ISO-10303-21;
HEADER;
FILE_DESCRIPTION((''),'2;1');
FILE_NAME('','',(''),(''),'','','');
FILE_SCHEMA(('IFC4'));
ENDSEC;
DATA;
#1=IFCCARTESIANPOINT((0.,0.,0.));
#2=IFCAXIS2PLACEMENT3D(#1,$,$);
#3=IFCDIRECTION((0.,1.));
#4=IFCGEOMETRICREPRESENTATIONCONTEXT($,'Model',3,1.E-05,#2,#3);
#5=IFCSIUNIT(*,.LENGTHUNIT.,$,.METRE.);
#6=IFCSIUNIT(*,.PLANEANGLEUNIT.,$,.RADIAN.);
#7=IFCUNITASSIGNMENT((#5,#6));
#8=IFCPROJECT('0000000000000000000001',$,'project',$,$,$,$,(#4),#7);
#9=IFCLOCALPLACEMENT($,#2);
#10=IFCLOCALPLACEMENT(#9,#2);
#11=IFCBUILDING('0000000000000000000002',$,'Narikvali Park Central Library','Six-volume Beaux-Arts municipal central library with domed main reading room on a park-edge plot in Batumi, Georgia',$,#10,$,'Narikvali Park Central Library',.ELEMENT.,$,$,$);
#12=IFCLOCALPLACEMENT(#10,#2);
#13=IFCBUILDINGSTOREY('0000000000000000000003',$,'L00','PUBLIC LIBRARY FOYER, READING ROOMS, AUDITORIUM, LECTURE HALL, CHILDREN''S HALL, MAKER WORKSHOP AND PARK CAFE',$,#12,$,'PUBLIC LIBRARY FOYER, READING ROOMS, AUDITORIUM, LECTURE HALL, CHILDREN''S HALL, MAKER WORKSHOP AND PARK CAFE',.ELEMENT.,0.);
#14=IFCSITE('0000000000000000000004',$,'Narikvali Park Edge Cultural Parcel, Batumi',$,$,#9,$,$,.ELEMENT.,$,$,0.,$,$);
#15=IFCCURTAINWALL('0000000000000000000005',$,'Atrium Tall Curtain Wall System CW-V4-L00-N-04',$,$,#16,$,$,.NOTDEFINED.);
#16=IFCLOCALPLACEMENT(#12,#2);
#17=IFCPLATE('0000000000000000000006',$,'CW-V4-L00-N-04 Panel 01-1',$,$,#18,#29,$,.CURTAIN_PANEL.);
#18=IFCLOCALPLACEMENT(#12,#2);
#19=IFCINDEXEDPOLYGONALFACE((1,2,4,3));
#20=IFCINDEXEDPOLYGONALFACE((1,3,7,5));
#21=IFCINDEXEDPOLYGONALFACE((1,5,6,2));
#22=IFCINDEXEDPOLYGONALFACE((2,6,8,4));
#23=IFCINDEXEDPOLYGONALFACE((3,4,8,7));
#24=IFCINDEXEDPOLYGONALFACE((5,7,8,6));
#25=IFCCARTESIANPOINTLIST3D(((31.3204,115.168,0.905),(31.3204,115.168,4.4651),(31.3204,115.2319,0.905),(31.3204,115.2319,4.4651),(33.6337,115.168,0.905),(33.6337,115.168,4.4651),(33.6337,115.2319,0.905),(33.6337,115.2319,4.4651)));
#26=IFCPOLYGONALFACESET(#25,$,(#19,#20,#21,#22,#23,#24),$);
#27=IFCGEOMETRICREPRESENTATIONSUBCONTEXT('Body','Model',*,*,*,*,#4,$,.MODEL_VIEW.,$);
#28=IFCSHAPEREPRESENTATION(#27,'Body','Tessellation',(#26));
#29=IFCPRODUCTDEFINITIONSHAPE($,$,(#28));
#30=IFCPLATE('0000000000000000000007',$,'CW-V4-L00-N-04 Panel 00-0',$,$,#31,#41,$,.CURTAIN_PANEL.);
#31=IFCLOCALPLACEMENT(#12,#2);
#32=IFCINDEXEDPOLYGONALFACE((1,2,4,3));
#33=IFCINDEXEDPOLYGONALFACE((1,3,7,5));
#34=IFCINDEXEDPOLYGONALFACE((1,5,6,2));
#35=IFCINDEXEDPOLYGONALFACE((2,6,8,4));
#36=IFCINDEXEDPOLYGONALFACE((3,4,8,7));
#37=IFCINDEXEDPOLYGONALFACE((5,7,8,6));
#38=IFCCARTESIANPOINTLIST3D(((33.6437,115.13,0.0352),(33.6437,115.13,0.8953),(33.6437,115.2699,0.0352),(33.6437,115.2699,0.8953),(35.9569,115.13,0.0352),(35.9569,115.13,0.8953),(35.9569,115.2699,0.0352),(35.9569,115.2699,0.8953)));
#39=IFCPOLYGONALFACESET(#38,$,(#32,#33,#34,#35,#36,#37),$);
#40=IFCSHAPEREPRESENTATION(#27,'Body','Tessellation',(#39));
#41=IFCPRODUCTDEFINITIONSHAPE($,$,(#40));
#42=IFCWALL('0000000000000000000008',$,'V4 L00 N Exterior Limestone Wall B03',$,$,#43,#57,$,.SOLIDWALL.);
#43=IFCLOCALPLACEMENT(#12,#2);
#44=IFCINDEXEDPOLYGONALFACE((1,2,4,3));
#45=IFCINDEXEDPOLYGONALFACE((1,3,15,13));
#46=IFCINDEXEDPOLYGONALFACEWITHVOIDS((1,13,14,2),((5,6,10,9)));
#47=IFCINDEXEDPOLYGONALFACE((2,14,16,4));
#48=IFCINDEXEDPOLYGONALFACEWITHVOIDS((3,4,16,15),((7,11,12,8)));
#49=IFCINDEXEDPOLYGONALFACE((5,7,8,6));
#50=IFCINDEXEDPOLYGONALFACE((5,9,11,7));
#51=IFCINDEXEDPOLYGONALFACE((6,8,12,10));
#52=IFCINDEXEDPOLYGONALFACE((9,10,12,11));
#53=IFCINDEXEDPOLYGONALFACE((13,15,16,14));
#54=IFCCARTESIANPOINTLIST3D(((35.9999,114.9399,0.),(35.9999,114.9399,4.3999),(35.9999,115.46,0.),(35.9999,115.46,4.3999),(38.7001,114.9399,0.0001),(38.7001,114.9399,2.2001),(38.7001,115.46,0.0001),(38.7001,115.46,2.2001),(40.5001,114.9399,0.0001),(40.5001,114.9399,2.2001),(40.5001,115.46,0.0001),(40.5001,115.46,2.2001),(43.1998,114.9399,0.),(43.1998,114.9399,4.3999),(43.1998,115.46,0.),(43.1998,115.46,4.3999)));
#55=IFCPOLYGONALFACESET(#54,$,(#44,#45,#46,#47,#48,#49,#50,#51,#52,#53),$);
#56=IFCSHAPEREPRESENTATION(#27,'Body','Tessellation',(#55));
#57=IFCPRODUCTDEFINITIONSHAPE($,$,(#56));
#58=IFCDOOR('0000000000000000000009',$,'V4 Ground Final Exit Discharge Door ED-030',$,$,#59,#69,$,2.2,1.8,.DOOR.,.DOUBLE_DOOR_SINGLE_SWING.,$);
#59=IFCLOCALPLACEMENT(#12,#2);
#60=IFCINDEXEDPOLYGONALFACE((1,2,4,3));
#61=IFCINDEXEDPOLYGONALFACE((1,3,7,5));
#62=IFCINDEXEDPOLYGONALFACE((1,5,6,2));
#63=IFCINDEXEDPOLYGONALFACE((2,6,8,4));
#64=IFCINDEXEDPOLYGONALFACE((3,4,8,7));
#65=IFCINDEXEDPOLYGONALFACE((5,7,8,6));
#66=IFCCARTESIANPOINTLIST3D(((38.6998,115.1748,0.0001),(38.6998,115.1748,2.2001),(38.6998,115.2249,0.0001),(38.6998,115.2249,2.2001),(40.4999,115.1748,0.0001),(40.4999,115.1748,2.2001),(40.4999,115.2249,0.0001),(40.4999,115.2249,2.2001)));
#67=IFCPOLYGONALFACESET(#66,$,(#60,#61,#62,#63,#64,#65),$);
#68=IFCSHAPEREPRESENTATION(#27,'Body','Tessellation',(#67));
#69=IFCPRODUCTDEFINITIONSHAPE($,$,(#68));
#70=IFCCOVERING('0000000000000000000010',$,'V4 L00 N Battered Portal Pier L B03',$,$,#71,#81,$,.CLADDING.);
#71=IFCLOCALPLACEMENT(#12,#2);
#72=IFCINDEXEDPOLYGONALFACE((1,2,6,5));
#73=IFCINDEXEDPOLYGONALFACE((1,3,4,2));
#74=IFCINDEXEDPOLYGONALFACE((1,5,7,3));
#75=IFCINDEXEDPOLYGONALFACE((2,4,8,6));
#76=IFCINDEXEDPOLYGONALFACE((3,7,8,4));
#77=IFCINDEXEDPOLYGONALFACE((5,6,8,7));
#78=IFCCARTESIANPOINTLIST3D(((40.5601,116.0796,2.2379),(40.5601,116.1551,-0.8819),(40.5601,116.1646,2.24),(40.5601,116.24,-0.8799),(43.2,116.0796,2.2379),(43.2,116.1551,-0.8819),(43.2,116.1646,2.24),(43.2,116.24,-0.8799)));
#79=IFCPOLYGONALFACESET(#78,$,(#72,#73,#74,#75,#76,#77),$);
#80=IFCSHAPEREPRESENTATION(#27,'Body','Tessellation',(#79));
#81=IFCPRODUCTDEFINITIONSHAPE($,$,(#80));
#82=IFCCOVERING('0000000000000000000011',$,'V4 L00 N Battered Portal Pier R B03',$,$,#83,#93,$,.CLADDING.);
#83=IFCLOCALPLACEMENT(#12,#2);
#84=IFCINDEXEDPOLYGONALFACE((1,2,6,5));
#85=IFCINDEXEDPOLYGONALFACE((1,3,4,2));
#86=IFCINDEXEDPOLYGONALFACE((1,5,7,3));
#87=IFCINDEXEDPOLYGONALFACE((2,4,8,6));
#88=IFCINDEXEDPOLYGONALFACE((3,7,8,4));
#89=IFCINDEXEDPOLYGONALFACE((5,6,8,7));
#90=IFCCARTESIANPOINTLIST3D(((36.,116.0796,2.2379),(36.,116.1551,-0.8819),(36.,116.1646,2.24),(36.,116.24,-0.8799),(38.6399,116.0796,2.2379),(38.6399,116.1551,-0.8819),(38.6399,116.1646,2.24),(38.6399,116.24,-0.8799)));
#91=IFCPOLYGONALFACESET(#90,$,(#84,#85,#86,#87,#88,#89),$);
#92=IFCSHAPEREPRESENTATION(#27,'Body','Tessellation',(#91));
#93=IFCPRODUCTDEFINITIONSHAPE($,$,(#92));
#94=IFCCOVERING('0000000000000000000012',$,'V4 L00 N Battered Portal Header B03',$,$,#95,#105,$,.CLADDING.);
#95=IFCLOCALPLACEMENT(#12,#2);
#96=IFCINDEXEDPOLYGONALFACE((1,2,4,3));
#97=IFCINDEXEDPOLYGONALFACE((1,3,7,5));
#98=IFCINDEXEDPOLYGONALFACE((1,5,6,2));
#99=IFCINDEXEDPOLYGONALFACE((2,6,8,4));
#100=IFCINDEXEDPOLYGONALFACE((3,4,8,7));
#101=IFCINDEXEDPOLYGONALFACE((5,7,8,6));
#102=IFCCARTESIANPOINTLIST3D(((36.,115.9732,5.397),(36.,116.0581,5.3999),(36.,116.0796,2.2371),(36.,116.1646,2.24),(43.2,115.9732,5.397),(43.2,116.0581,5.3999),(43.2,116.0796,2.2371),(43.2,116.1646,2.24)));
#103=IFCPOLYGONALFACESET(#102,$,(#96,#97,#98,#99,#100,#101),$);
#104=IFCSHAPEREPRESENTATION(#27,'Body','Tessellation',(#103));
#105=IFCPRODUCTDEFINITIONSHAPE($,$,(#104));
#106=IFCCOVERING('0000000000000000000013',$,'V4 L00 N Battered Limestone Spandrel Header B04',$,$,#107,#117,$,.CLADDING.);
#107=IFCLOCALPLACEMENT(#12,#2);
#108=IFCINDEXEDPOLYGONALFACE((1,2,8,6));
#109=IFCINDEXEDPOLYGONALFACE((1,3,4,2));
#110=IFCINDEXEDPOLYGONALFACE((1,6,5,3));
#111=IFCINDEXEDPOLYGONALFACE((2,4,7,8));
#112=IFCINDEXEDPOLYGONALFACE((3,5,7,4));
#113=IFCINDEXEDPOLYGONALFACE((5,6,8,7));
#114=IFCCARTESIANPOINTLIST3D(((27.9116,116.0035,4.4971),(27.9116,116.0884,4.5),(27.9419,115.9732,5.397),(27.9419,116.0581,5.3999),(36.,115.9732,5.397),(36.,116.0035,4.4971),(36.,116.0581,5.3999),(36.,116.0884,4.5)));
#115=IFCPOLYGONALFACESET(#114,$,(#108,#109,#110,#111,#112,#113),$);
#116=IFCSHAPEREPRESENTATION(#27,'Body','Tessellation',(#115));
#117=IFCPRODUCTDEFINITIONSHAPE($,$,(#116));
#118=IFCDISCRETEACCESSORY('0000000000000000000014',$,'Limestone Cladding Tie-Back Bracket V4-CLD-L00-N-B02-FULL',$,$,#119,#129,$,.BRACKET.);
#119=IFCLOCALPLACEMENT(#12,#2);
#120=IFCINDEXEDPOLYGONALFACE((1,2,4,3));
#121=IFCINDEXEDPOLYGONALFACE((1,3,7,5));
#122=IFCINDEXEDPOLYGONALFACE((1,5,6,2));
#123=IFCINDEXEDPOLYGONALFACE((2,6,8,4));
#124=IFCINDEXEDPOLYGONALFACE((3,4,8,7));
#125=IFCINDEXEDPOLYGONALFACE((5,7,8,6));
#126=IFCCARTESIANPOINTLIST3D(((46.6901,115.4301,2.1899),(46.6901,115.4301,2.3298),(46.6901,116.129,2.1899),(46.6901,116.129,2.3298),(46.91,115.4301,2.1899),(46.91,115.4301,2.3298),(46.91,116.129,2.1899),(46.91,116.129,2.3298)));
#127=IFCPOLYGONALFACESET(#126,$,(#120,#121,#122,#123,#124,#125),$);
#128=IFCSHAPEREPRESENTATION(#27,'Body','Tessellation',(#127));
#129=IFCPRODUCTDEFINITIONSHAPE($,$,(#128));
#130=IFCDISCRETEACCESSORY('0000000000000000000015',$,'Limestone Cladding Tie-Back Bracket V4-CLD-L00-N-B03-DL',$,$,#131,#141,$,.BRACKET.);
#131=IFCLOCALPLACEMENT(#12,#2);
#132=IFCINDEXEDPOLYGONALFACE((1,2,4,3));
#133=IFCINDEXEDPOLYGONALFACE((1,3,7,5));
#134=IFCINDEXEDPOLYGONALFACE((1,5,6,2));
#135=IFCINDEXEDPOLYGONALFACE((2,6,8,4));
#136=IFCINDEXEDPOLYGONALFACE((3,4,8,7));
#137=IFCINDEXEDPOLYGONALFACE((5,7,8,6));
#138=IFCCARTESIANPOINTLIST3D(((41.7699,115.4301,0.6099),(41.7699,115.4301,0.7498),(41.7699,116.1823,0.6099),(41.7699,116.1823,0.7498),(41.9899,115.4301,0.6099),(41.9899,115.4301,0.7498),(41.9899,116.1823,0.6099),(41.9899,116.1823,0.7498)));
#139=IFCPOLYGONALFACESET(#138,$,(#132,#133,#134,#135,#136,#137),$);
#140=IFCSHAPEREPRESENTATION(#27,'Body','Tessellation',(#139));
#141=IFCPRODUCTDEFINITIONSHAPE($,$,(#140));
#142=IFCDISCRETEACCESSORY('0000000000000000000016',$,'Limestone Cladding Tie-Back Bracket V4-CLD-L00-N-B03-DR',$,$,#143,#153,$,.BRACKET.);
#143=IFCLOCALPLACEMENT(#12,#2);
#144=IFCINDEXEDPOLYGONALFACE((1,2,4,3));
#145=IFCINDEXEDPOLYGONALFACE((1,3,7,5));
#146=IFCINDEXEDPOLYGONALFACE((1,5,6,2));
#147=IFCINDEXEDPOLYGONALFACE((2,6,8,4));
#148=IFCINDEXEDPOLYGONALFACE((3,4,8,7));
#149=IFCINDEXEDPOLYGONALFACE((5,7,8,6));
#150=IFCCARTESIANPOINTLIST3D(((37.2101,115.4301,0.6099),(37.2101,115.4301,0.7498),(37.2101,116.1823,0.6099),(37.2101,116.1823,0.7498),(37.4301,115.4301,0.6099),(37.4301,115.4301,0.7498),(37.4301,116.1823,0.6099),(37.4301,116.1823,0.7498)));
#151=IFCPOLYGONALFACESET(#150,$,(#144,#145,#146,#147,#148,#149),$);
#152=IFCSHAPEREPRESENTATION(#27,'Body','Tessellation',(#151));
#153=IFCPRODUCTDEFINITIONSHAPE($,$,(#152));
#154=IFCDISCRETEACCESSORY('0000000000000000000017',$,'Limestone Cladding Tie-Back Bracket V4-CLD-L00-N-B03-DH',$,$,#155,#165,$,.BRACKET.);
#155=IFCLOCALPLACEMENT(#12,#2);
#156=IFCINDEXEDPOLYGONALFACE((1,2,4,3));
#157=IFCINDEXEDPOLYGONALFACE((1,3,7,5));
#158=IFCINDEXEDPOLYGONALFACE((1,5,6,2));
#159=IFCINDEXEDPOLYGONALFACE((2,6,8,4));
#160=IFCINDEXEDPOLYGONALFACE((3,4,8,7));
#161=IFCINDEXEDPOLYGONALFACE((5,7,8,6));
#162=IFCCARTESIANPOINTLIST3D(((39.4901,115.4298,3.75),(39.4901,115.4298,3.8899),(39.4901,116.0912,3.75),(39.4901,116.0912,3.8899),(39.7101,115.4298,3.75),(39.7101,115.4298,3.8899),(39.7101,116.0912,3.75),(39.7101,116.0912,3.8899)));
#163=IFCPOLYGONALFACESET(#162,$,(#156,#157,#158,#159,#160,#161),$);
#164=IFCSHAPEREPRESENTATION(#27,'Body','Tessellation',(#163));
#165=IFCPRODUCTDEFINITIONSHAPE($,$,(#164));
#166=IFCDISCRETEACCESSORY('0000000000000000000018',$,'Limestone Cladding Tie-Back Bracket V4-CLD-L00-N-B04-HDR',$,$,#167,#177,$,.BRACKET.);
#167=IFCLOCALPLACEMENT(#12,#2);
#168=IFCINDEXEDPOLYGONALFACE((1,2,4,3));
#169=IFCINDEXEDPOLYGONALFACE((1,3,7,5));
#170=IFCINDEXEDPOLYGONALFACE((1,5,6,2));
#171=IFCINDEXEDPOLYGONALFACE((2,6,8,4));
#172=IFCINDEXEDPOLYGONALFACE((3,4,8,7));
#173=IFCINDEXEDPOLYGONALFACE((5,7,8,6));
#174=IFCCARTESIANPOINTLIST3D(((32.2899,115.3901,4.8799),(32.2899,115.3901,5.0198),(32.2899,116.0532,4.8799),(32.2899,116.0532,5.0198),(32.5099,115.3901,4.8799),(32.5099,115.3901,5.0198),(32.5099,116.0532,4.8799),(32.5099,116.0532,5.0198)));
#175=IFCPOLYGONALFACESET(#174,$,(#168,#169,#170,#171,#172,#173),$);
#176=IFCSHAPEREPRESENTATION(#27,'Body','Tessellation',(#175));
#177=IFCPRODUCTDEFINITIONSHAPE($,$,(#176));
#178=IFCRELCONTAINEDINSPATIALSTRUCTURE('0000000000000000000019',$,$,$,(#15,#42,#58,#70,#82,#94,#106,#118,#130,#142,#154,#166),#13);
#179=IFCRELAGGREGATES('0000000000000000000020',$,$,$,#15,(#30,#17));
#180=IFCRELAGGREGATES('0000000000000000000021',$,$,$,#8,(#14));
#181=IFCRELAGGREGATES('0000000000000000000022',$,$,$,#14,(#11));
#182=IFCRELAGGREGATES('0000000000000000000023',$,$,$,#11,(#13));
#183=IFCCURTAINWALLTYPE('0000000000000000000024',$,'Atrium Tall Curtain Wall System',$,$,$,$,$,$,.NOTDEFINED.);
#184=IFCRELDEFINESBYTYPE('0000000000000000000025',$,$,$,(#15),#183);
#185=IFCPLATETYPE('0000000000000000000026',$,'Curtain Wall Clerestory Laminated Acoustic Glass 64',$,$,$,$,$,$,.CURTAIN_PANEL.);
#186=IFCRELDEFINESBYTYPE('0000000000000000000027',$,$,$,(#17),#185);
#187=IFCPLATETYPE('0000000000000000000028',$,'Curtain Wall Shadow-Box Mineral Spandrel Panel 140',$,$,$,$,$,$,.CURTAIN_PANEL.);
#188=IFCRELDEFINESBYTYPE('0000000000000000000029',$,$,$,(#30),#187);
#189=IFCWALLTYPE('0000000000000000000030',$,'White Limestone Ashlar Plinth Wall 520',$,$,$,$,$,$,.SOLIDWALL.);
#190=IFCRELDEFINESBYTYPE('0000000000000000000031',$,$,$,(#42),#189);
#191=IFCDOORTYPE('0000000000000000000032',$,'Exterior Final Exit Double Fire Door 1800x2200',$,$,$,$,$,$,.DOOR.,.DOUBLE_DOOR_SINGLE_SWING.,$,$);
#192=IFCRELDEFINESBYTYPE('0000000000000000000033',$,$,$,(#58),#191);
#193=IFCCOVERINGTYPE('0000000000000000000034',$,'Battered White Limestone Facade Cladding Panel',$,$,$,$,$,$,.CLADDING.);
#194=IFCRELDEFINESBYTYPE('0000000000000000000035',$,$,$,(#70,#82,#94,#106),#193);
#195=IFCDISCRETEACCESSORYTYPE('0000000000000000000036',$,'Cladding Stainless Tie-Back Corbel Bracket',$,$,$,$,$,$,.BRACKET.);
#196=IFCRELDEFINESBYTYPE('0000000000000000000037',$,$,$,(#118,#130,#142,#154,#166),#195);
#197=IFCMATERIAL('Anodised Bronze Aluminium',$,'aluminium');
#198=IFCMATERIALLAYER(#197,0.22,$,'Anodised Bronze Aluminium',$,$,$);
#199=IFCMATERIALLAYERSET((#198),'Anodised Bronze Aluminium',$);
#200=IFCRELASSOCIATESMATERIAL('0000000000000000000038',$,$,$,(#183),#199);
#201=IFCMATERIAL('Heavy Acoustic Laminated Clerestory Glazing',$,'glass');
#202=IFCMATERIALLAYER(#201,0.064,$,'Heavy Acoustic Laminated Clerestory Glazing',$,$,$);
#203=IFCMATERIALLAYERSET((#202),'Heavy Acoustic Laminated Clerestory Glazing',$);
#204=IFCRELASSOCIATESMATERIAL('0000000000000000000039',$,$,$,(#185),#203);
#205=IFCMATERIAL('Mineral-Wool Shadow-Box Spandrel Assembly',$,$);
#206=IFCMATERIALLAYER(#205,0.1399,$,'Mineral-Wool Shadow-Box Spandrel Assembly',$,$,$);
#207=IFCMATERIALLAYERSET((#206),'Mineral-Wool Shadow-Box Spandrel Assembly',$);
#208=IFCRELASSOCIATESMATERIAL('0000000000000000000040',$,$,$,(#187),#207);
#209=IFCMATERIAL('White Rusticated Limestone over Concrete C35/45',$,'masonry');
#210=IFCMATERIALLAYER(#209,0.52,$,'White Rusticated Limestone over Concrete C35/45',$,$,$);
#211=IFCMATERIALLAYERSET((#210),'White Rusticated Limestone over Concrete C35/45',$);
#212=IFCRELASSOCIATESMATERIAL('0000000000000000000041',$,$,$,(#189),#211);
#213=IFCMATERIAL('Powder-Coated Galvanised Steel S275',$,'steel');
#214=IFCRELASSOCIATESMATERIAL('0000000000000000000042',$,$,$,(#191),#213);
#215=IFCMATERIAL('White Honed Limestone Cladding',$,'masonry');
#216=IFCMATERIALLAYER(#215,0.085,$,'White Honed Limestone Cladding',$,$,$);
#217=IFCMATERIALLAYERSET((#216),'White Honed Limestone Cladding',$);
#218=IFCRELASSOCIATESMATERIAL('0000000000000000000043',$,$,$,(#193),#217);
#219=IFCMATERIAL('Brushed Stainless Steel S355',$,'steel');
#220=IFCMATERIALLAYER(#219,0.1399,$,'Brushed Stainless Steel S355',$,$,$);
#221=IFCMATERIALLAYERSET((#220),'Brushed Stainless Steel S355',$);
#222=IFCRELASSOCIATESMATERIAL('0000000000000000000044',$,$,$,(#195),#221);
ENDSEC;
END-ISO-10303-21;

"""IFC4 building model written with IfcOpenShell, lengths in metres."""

from ifc_helpers import new_model, si_unit, direction, frame, frame_2d, origin, origin_2d, place, context, subcontext, project, spatial, polyline, rectangle, outline, extrude, material, layer, layer_set, type_object, element, fill, aggregate, save


model = new_model("IFC4")

# Units and contexts
model_context = context("Model", 3, precision=1e-05, world=origin(), true_north=direction((0.0, 1.0)))
body_context = subcontext(model_context, "Body", "Model", "MODEL_VIEW")
ifc_project = project(units=[si_unit("LENGTHUNIT", "METRE"), si_unit("PLANEANGLEUNIT", "RADIAN")], contexts=[model_context])

# Site, building, storey
site_placement = place(None, origin())
site = spatial("IfcSite", under=ifc_project, at=site_placement, Name="Narikvali Park Edge Cultural Parcel, Batumi", CompositionType="ELEMENT", RefElevation=0.0)
building_placement = place(site_placement, origin())
building = spatial("IfcBuilding", under=site, at=building_placement, Name="Narikvali Park Central Library", Description="Six-volume Beaux-Arts municipal central library with domed main reading room on a park-edge plot in Batumi, Georgia", LongName="Narikvali Park Central Library", CompositionType="ELEMENT")
storey_placement = place(building_placement, origin())
storey = spatial("IfcBuildingStorey", under=building, at=storey_placement, Name="L00", Description="PUBLIC LIBRARY FOYER, READING ROOMS, AUDITORIUM, LECTURE HALL, CHILDREN'S HALL, MAKER WORKSHOP AND PARK CAFE", LongName="PUBLIC LIBRARY FOYER, READING ROOMS, AUDITORIUM, LECTURE HALL, CHILDREN'S HALL, MAKER WORKSHOP AND PARK CAFE", CompositionType="ELEMENT", Elevation=0.0)

# Curtain wall
ifc_material_1 = material(Name="Anodised Bronze Aluminium", Category="aluminium")
ifc_layer_1 = layer(ifc_material_1, 0.22, Name="Anodised Bronze Aluminium")
ifc_layer_set_1 = layer_set([ifc_layer_1], Name="Anodised Bronze Aluminium")
curtain_wall_type = type_object("IfcCurtainWallType", Name="Atrium Tall Curtain Wall System", PredefinedType="NOTDEFINED", material=ifc_layer_set_1)
curtain_wall_placement = place(storey_placement, origin())
curtain_wall = element("IfcCurtainWall", 1, at=curtain_wall_placement, inside=storey, type_object=curtain_wall_type, Name="Atrium Tall Curtain Wall System CW-V4-L00-N-04", PredefinedType="NOTDEFINED")

# Plates
ifc_material_2 = material(Name="Heavy Acoustic Laminated Clerestory Glazing", Category="glass")
ifc_layer_2 = layer(ifc_material_2, 0.064, Name="Heavy Acoustic Laminated Clerestory Glazing")
ifc_layer_set_2 = layer_set([ifc_layer_2], Name="Heavy Acoustic Laminated Clerestory Glazing")
plate_type_1 = type_object("IfcPlateType", Name="Curtain Wall Clerestory Laminated Acoustic Glass 64", PredefinedType="CURTAIN_PANEL", material=ifc_layer_set_2)
plate_1_placement = place(storey_placement, frame((32.4771, 115.2, 0.905), z_axis=(0.0, 0.0, 1.0), x_axis=(-1.0, 0.0, 0.0)))
plate_1 = element("IfcPlate", 2, at=plate_1_placement, type_object=plate_type_1, Name="CW-V4-L00-N-04 Panel 01-1", PredefinedType="CURTAIN_PANEL", context=body_context, shape_type="SweptSolid", body=[
    extrude(rectangle(XDim=2.3132, YDim=0.064, at=origin_2d()), origin(), (0.0, 0.0, 1.0), 3.5601),
])
ifc_material_3 = material(Name="Mineral-Wool Shadow-Box Spandrel Assembly")
ifc_layer_3 = layer(ifc_material_3, 0.1399, Name="Mineral-Wool Shadow-Box Spandrel Assembly")
ifc_layer_set_3 = layer_set([ifc_layer_3], Name="Mineral-Wool Shadow-Box Spandrel Assembly")
plate_type_2 = type_object("IfcPlateType", Name="Curtain Wall Shadow-Box Mineral Spandrel Panel 140", PredefinedType="CURTAIN_PANEL", material=ifc_layer_set_3)
plate_2_placement = place(storey_placement, frame((34.8003, 115.2, 0.0352), z_axis=(0.0, 0.0, 1.0), x_axis=(-1.0, 0.0, 0.0)))
plate_2 = element("IfcPlate", 3, at=plate_2_placement, type_object=plate_type_2, Name="CW-V4-L00-N-04 Panel 00-0", PredefinedType="CURTAIN_PANEL", context=body_context, shape_type="SweptSolid", body=[
    extrude(rectangle(XDim=2.3132, YDim=0.1399, at=origin_2d()), origin(), (0.0, 0.0, 1.0), 0.8601),
])
aggregate(curtain_wall, [plate_2, plate_1])

# Wall, opening, door
ifc_material_4 = material(Name="White Rusticated Limestone over Concrete C35/45", Category="masonry")
ifc_layer_4 = layer(ifc_material_4, 0.52, Name="White Rusticated Limestone over Concrete C35/45")
ifc_layer_set_4 = layer_set([ifc_layer_4], Name="White Rusticated Limestone over Concrete C35/45")
wall_type = type_object("IfcWallType", Name="White Limestone Ashlar Plinth Wall 520", PredefinedType="SOLIDWALL", material=ifc_layer_set_4)
wall_placement = place(storey_placement, frame((43.2, 115.2, 0.0), z_axis=(0.0, 0.0, 1.0), x_axis=(-1.0, 0.0, 0.0)))
wall = element("IfcWall", 4, at=wall_placement, inside=storey, type_object=wall_type, Name="V4 L00 N Exterior Limestone Wall B03", PredefinedType="SOLIDWALL", context=body_context, shape_type="SweptSolid", body=[
    extrude(rectangle(XDim=7.2, YDim=0.52, at=frame_2d((3.6001, 0.0))), origin(), (0.0, 0.0, 1.0), 4.3999),
])
opening_placement = place(wall_placement, frame((2.7, 0.0, 0.0)))
opening = element("IfcOpeningElement", 5, at=opening_placement, cuts=wall, PredefinedType="OPENING", context=body_context, shape_type="SweptSolid", body=[
    extrude(rectangle(XDim=1.8, YDim=2.2, at=frame_2d((0.8999, 1.1001))), frame((0.0, 0.272, 0.0), z_axis=(0.0, -1.0, 0.0), x_axis=(1.0, 0.0, 0.0)), (0.0, 0.0, 1.0), 0.5439),
])
ifc_material_5 = material(Name="Powder-Coated Galvanised Steel S275", Category="steel")
door_type = type_object("IfcDoorType", Name="Exterior Final Exit Double Fire Door 1800x2200", OperationType="DOUBLE_DOOR_SINGLE_SWING", PredefinedType="DOOR", material=ifc_material_5)
door_placement = place(opening_placement, frame((1.8, 0.0, 0.0), z_axis=(0.0, 0.0, 1.0), x_axis=(-1.0, 0.0, 0.0)))
door = element("IfcDoor", 6, at=door_placement, inside=storey, type_object=door_type, Name="V4 Ground Final Exit Discharge Door ED-030", OperationType="DOUBLE_DOOR_SINGLE_SWING", OverallHeight=2.2, OverallWidth=1.8, PredefinedType="DOOR", context=body_context, shape_type="SweptSolid", body=[
    extrude(rectangle(XDim=1.8, YDim=2.2, at=frame_2d((0.8999, 1.1001))), frame((0.0, 0.0249, 0.0), z_axis=(0.0, -1.0, 0.0), x_axis=(1.0, 0.0, 0.0)), (0.0, 0.0, 1.0), 0.05),
])
fill(opening, door)

# Coverings
ifc_material_6 = material(Name="White Honed Limestone Cladding", Category="masonry")
ifc_layer_5 = layer(ifc_material_6, 0.085, Name="White Honed Limestone Cladding")
ifc_layer_set_5 = layer_set([ifc_layer_5], Name="White Honed Limestone Cladding")
covering_type = type_object("IfcCoveringType", Name="Battered White Limestone Facade Cladding Panel", PredefinedType="CLADDING", material=ifc_layer_set_5)
for number, where, z_axis, x_axis, name in (
    (7, (43.2, 116.24, -0.8799), (0.0, 0.999708, 0.024173), (-1.0, 0.0, 0.0), "V4 L00 N Battered Portal Pier L B03"),
    (8, (38.6399, 116.24, -0.8799), (0.0, 0.999708, 0.024173), (-1.0, 0.0, 0.0), "V4 L00 N Battered Portal Pier R B03"),
):
    element("IfcCovering", number, at=place(storey_placement, frame(where, z_axis=z_axis, x_axis=x_axis)), inside=storey, type_object=covering_type, Name=name, PredefinedType="CLADDING", context=body_context, shape_type="SweptSolid", body=[
        extrude(outline(polyline([(0.0, 0.0), (2.6399, 0.0), (2.6399, 3.1208), (0.0, 3.1208), (0.0, 0.0)])), origin(), (0.0, 0.0, -1.0), 0.085),
    ])
covering_1_placement = place(storey_placement, frame((43.2, 116.1646, 2.24), z_axis=(0.0, 0.999433, 0.033667), x_axis=(-1.0, 0.0, 0.0)))
element("IfcCovering", 9, at=covering_1_placement, inside=storey, type_object=covering_type, Name="V4 L00 N Battered Portal Header B03", PredefinedType="CLADDING", context=body_context, shape_type="SweptSolid", body=[
    extrude(outline(polyline([(0.0, 0.0), (7.2, 0.0), (7.2, 3.1617), (0.0, 3.1617), (0.0, 0.0)])), origin(), (0.0, 0.0, -1.0), 0.085),
])
covering_2_placement = place(storey_placement, frame((36.0, 116.0884, 4.5), z_axis=(0.0, 0.999435, 0.033622), x_axis=(-1.0, 0.0, 0.0)))
element("IfcCovering", 10, at=covering_2_placement, inside=storey, type_object=covering_type, Name="V4 L00 N Battered Limestone Spandrel Header B04", PredefinedType="CLADDING", context=body_context, shape_type="SweptSolid", body=[
    extrude(outline(polyline([(0.0, 0.0), (8.0884, 0.0), (8.0581, 0.9004), (0.0, 0.9004), (0.0, 0.0)])), origin(), (0.0, 0.0, -1.0), 0.085),
])

# Discrete accessories
ifc_material_7 = material(Name="Brushed Stainless Steel S355", Category="steel")
ifc_layer_6 = layer(ifc_material_7, 0.1399, Name="Brushed Stainless Steel S355")
ifc_layer_set_6 = layer_set([ifc_layer_6], Name="Brushed Stainless Steel S355")
discrete_accessory_type = type_object("IfcDiscreteAccessoryType", Name="Cladding Stainless Tie-Back Corbel Bracket", PredefinedType="BRACKET", material=ifc_layer_set_6)
discrete_accessory_1_placement = place(storey_placement, frame((46.8, 115.7795, 2.1899), z_axis=(0.0, 0.0, 1.0), x_axis=(1.0, 0.0, 0.0)))
element("IfcDiscreteAccessory", 11, at=discrete_accessory_1_placement, inside=storey, type_object=discrete_accessory_type, Name="Limestone Cladding Tie-Back Bracket V4-CLD-L00-N-B02-FULL", PredefinedType="BRACKET", context=body_context, shape_type="SweptSolid", body=[
    extrude(rectangle(XDim=0.22, YDim=0.699, at=origin_2d()), origin(), (0.0, 0.0, 1.0), 0.1399),
])
for number, where, z_axis, x_axis, name in (
    (12, (41.8799, 115.8062, 0.6099), (0.0, 0.0, 1.0), (1.0, 0.0, 0.0), "Limestone Cladding Tie-Back Bracket V4-CLD-L00-N-B03-DL"),
    (13, (37.3201, 115.8062, 0.6099), (0.0, 0.0, 1.0), (1.0, 0.0, 0.0), "Limestone Cladding Tie-Back Bracket V4-CLD-L00-N-B03-DR"),
):
    element("IfcDiscreteAccessory", number, at=place(storey_placement, frame(where, z_axis=z_axis, x_axis=x_axis)), inside=storey, type_object=discrete_accessory_type, Name=name, PredefinedType="BRACKET", context=body_context, shape_type="SweptSolid", body=[
        extrude(rectangle(XDim=0.22, YDim=0.7522, at=origin_2d()), origin(), (0.0, 0.0, 1.0), 0.1399),
    ])
discrete_accessory_2_placement = place(storey_placement, frame((39.6001, 115.7605, 3.75), z_axis=(0.0, 0.0, 1.0), x_axis=(1.0, 0.0, 0.0)))
element("IfcDiscreteAccessory", 14, at=discrete_accessory_2_placement, inside=storey, type_object=discrete_accessory_type, Name="Limestone Cladding Tie-Back Bracket V4-CLD-L00-N-B03-DH", PredefinedType="BRACKET", context=body_context, shape_type="SweptSolid", body=[
    extrude(rectangle(XDim=0.22, YDim=0.6614, at=origin_2d()), origin(), (0.0, 0.0, 1.0), 0.1399),
])
discrete_accessory_3_placement = place(storey_placement, frame((32.3999, 115.7217, 4.8799), z_axis=(0.0, 0.0, 1.0), x_axis=(1.0, 0.0, 0.0)))
element("IfcDiscreteAccessory", 15, at=discrete_accessory_3_placement, inside=storey, type_object=discrete_accessory_type, Name="Limestone Cladding Tie-Back Bracket V4-CLD-L00-N-B04-HDR", PredefinedType="BRACKET", context=body_context, shape_type="SweptSolid", body=[
    extrude(rectangle(XDim=0.22, YDim=0.6631, at=origin_2d()), origin(), (0.0, 0.0, 1.0), 0.1399),
])

save(model, "model.ifc")
